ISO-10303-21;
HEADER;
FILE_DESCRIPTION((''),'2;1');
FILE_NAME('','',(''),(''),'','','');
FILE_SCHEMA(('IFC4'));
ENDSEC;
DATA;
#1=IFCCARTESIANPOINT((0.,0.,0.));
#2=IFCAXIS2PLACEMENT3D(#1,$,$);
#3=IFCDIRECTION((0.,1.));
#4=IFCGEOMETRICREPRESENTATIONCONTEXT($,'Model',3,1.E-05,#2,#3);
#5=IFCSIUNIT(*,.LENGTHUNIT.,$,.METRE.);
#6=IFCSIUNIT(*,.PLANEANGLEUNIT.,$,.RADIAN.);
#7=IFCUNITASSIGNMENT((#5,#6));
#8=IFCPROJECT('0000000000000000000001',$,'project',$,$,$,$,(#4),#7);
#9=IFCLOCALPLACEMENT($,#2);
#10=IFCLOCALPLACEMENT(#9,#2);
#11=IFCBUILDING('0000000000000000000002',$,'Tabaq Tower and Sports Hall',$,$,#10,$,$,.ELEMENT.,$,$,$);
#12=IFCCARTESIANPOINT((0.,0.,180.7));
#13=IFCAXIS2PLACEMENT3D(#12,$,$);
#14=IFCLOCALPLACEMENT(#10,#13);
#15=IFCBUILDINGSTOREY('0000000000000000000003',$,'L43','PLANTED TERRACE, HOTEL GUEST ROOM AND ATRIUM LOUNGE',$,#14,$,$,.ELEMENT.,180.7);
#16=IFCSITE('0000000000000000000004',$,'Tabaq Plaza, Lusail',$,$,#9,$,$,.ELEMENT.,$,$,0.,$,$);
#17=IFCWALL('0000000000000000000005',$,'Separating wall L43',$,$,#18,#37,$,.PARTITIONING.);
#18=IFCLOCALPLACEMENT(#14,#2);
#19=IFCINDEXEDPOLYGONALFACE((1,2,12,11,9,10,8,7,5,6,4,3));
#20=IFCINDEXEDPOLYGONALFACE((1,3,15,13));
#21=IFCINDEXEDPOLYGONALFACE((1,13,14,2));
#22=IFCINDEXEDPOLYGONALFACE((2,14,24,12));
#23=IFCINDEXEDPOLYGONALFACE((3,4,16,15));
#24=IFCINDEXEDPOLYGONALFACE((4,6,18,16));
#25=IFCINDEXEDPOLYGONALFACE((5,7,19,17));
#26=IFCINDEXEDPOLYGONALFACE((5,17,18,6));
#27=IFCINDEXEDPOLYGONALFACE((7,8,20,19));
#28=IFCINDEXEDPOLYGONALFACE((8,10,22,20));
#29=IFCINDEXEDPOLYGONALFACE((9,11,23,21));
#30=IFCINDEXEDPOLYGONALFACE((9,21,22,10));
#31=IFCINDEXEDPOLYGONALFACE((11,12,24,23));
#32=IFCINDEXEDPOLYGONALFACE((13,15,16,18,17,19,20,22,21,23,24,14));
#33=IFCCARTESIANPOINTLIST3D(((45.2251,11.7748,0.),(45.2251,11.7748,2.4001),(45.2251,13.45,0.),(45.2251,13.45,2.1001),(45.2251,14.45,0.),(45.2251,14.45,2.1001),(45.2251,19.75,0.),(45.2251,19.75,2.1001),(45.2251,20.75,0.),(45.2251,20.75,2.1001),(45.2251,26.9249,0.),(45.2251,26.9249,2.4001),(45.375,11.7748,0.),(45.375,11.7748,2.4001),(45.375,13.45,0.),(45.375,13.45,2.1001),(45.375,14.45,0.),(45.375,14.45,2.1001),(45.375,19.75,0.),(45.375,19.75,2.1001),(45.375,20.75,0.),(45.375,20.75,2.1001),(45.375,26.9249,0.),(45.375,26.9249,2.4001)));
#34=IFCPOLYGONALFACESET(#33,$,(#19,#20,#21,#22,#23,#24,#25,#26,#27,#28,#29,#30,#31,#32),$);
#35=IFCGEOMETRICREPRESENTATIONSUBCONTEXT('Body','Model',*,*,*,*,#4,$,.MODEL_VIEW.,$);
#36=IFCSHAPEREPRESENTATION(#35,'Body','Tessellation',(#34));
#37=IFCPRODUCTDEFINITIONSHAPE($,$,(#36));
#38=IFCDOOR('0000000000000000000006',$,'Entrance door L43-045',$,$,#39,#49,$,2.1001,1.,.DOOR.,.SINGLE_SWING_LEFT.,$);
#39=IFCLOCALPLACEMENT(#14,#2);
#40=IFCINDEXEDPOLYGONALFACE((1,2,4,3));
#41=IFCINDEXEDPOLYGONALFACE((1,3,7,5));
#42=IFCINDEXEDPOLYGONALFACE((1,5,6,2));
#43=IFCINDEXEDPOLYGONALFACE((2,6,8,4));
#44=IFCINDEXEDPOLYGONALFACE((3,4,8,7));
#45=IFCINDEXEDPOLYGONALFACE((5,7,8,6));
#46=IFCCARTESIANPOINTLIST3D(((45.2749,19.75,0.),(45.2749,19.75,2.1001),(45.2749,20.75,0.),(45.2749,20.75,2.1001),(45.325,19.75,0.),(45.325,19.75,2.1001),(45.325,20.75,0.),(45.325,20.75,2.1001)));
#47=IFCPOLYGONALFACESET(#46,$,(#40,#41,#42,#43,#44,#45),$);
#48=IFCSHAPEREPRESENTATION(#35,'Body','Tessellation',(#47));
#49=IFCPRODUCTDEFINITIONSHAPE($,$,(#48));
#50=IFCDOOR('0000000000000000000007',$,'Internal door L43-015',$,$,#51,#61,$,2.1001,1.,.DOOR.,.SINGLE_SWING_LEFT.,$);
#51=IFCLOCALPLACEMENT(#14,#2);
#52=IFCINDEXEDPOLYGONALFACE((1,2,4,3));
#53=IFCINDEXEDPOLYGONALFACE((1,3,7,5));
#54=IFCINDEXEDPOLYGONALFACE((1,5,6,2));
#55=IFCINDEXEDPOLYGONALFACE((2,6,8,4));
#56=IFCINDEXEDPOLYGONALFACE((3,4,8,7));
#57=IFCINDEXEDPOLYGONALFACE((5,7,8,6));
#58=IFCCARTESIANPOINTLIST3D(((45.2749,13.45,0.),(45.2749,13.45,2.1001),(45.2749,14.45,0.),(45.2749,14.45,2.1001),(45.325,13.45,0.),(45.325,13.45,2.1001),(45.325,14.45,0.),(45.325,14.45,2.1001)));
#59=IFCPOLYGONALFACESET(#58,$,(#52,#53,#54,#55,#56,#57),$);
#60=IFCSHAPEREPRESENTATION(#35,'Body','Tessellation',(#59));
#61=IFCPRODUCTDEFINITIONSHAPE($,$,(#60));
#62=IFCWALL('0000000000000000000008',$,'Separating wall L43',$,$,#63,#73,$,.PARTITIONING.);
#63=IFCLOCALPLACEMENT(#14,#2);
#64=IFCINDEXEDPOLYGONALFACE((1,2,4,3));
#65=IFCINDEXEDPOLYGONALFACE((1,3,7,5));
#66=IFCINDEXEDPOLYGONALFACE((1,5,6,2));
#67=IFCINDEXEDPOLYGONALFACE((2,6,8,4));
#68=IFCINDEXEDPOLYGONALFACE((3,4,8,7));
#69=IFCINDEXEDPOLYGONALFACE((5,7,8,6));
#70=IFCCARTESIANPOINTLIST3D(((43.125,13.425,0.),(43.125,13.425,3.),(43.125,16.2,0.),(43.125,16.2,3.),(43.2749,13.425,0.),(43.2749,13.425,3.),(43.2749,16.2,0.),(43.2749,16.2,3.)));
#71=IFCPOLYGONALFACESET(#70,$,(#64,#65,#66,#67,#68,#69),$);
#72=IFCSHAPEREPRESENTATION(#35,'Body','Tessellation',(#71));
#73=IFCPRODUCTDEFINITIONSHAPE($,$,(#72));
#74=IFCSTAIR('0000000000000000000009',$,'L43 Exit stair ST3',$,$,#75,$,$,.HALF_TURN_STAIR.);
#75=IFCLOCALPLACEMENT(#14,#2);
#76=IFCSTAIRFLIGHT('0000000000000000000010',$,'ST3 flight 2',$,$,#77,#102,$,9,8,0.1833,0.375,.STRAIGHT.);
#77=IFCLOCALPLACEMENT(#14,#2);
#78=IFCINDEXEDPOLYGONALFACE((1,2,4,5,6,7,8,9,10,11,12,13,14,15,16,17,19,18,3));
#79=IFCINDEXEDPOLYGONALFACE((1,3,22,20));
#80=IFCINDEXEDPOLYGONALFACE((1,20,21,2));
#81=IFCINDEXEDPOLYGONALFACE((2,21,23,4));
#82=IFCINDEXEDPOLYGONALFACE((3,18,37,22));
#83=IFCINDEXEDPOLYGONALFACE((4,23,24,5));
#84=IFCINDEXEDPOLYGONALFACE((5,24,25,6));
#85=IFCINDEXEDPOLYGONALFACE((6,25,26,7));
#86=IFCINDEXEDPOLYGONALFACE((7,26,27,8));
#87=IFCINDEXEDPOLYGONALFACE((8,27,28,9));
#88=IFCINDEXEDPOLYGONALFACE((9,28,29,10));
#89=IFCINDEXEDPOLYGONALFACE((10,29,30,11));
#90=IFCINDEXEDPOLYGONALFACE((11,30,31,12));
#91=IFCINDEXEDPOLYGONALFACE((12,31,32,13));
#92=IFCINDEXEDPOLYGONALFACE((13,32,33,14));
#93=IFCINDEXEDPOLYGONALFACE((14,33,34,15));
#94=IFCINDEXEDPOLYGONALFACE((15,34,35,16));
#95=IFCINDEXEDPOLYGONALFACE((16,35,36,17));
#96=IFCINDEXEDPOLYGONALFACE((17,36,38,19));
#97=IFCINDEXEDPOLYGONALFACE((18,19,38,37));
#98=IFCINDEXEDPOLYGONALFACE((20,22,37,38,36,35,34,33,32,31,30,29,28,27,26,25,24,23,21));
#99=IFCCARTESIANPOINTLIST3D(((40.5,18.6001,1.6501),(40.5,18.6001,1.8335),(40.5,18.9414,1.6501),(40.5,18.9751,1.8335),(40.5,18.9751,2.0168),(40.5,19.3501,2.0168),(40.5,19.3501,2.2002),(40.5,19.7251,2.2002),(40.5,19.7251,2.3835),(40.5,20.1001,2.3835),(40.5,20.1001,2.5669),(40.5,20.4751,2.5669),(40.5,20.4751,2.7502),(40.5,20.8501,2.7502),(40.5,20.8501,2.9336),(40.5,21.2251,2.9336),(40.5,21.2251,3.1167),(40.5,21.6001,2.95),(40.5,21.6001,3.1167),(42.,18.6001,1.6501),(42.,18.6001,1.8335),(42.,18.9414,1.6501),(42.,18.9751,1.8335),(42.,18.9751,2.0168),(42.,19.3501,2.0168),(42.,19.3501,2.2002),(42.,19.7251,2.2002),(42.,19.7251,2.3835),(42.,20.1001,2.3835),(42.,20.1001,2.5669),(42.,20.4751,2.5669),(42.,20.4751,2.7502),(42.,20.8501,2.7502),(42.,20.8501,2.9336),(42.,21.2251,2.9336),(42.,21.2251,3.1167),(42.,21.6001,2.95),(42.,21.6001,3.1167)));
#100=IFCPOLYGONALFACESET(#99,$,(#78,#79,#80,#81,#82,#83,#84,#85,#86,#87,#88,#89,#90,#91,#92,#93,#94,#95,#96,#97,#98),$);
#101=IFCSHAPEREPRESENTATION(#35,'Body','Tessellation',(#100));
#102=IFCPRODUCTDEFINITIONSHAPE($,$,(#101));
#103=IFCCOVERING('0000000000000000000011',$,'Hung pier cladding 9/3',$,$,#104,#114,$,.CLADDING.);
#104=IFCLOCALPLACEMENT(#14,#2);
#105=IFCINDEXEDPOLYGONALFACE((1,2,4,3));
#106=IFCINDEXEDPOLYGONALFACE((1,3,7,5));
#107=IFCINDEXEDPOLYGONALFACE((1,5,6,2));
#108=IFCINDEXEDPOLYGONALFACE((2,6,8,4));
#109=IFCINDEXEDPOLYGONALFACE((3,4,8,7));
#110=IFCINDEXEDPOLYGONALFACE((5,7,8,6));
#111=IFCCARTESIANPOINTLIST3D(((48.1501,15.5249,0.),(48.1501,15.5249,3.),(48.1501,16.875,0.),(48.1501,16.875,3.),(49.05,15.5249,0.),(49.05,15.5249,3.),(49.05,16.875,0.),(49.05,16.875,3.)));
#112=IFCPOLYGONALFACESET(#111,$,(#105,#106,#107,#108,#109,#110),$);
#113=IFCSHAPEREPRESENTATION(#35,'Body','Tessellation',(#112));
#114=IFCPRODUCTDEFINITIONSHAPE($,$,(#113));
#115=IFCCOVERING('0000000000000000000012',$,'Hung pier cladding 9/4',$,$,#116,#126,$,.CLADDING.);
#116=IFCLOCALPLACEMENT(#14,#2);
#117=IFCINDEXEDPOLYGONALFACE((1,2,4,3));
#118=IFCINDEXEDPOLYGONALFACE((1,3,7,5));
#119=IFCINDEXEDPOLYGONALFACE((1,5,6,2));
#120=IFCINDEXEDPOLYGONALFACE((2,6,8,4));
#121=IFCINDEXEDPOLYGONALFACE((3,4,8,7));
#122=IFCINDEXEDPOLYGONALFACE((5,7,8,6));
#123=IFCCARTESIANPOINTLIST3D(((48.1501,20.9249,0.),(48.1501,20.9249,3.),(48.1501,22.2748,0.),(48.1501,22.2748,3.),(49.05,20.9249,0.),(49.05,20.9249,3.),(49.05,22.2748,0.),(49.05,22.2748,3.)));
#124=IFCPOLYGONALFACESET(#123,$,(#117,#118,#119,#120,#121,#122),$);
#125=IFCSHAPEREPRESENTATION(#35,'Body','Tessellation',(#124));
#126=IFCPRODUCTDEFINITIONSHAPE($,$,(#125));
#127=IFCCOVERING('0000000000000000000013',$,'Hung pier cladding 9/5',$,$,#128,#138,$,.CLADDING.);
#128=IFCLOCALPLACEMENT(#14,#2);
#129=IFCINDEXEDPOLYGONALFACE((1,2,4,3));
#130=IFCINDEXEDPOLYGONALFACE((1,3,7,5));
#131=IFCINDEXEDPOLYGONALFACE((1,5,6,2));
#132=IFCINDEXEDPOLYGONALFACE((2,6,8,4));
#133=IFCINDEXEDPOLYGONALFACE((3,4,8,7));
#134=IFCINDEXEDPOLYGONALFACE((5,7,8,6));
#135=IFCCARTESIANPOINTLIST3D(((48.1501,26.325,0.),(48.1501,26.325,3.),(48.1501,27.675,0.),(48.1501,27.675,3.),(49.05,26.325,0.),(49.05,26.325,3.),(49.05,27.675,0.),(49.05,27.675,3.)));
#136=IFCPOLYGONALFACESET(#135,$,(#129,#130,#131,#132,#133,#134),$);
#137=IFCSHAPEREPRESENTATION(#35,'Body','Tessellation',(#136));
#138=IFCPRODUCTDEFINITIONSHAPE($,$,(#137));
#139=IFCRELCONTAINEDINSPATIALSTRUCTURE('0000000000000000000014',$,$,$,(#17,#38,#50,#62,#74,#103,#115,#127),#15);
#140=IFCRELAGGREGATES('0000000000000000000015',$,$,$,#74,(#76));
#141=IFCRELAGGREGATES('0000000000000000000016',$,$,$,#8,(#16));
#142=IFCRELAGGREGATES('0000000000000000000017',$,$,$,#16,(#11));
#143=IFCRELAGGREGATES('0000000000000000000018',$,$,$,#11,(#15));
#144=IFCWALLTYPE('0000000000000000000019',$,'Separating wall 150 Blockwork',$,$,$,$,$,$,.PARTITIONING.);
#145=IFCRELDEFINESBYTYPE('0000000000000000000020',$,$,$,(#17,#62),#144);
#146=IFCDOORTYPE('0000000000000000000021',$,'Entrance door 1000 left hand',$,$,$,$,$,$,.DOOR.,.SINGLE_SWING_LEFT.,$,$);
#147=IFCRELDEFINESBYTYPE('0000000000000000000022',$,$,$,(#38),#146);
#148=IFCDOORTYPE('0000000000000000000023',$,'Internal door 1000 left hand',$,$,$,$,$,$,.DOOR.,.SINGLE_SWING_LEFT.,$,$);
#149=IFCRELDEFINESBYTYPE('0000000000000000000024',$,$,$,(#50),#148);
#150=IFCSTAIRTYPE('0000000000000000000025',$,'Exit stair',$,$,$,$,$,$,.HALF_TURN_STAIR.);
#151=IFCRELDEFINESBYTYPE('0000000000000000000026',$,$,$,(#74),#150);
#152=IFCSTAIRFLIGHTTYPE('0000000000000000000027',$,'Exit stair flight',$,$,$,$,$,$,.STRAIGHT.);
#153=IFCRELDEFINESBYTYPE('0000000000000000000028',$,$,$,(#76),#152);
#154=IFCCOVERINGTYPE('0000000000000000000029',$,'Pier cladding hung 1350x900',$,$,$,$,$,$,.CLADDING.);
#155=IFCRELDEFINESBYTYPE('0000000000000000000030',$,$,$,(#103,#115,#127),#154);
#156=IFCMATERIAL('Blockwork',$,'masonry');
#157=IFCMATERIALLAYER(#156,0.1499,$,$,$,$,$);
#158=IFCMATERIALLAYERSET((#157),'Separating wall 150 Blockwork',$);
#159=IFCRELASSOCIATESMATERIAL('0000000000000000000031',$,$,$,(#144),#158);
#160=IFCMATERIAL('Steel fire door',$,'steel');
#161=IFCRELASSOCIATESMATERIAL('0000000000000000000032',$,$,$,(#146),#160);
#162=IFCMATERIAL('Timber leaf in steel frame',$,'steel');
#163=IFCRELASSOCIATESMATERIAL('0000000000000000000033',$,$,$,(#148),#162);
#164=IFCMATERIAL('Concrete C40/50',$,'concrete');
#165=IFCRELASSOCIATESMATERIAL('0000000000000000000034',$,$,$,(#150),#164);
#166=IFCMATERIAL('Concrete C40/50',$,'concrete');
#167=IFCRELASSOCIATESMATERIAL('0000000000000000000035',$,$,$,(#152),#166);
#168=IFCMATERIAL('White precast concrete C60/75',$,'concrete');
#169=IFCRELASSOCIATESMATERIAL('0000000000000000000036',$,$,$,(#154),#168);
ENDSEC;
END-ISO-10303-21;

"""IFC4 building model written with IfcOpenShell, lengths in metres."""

from ifc_helpers import new_model, si_unit, direction, frame, frame_2d, origin, place, context, subcontext, project, spatial, polyline, rectangle, outline, extrude, material, layer, layer_set, type_object, element, fill, aggregate, save


model = new_model("IFC4")

# Units and contexts
model_context = context("Model", 3, precision=1e-05, world=origin(), true_north=direction((0.0, 1.0)))
body_context = subcontext(model_context, "Body", "Model", "MODEL_VIEW")
ifc_project = project(units=[si_unit("LENGTHUNIT", "METRE"), si_unit("PLANEANGLEUNIT", "RADIAN")], contexts=[model_context])

# Site, building, storey
site_placement = place(None, origin())
site = spatial("IfcSite", under=ifc_project, at=site_placement, Name="Tabaq Plaza, Lusail", CompositionType="ELEMENT", RefElevation=0.0)
building_placement = place(site_placement, origin())
building = spatial("IfcBuilding", under=site, at=building_placement, Name="Tabaq Tower and Sports Hall", CompositionType="ELEMENT")
storey_placement = place(building_placement, frame((0.0, 0.0, 180.7)))
storey = spatial("IfcBuildingStorey", under=building, at=storey_placement, Name="L43", Description="PLANTED TERRACE, HOTEL GUEST ROOM AND ATRIUM LOUNGE", CompositionType="ELEMENT", Elevation=180.7)

# Shared definitions
ifc_material_1 = material(Name="Blockwork", Category="masonry")
ifc_layer_1 = layer(ifc_material_1, 0.1499)
ifc_layer_set_1 = layer_set([ifc_layer_1], Name="Separating wall 150 Blockwork")
wall_type_1 = type_object("IfcWallType", Name="Separating wall 150 Blockwork", PredefinedType="PARTITIONING", material=ifc_layer_set_1)

# Wall, openings, doors
wall_1_placement = place(storey_placement, frame((45.3, 26.925, 0.0), z_axis=(0.0, 0.0, 1.0), x_axis=(0.0, -1.0, 0.0)))
wall_1 = element("IfcWall", 1, at=wall_1_placement, inside=storey, type_object=wall_type_1, Name="Separating wall L43", PredefinedType="PARTITIONING", context=body_context, shape_type="SweptSolid", body=[
    extrude(rectangle(XDim=15.1501, YDim=0.1499, at=frame_2d((7.5752, 0.0))), origin(), (0.0, 0.0, 1.0), 2.4001),
])
opening_1_placement = place(wall_1_placement, frame((12.4751, 0.0, 0.0)))
opening_1 = element("IfcOpeningElement", 2, at=opening_1_placement, cuts=wall_1, PredefinedType="OPENING", context=body_context, shape_type="SweptSolid", body=[
    extrude(rectangle(XDim=1.0, YDim=2.1001, at=frame_2d((0.5, 1.05))), frame((0.0, 0.075, 0.0), z_axis=(0.0, -1.0, 0.0), x_axis=(1.0, 0.0, 0.0)), (0.0, 0.0, 1.0), 0.1499),
])
opening_2_placement = place(wall_1_placement, frame((6.175, 0.0, 0.0)))
opening_2 = element("IfcOpeningElement", 3, at=opening_2_placement, cuts=wall_1, PredefinedType="OPENING", context=body_context, shape_type="SweptSolid", body=[
    extrude(rectangle(XDim=1.0, YDim=2.1001, at=frame_2d((0.5, 1.05))), frame((0.0, 0.075, 0.0), z_axis=(0.0, -1.0, 0.0), x_axis=(1.0, 0.0, 0.0)), (0.0, 0.0, 1.0), 0.1499),
])
ifc_material_2 = material(Name="Steel fire door", Category="steel")
door_type_1 = type_object("IfcDoorType", Name="Entrance door 1000 left hand", OperationType="SINGLE_SWING_LEFT", PredefinedType="DOOR", material=ifc_material_2)
door_1_placement = place(opening_2_placement, origin())
door_1 = element("IfcDoor", 4, at=door_1_placement, inside=storey, type_object=door_type_1, Name="Entrance door L43-045", OperationType="SINGLE_SWING_LEFT", OverallHeight=2.1001, OverallWidth=1.0, PredefinedType="DOOR", context=body_context, shape_type="SweptSolid", body=[
    extrude(rectangle(XDim=1.0, YDim=2.1001, at=frame_2d((0.5, 1.05))), frame((0.0, 0.0249, 0.0), z_axis=(0.0, -1.0, 0.0), x_axis=(1.0, 0.0, 0.0)), (0.0, 0.0, 1.0), 0.05),
])
fill(opening_2, door_1)
ifc_material_3 = material(Name="Timber leaf in steel frame", Category="steel")
door_type_2 = type_object("IfcDoorType", Name="Internal door 1000 left hand", OperationType="SINGLE_SWING_LEFT", PredefinedType="DOOR", material=ifc_material_3)
door_2_placement = place(opening_1_placement, origin())
door_2 = element("IfcDoor", 5, at=door_2_placement, inside=storey, type_object=door_type_2, Name="Internal door L43-015", OperationType="SINGLE_SWING_LEFT", OverallHeight=2.1001, OverallWidth=1.0, PredefinedType="DOOR", context=body_context, shape_type="SweptSolid", body=[
    extrude(rectangle(XDim=1.0, YDim=2.1001, at=frame_2d((0.5, 1.05))), frame((0.0, 0.0249, 0.0), z_axis=(0.0, -1.0, 0.0), x_axis=(1.0, 0.0, 0.0)), (0.0, 0.0, 1.0), 0.05),
])
fill(opening_1, door_2)

# Wall
wall_2_placement = place(storey_placement, frame((43.2, 16.2, 0.0), z_axis=(0.0, 0.0, 1.0), x_axis=(0.0, -1.0, 0.0)))
element("IfcWall", 6, at=wall_2_placement, inside=storey, type_object=wall_type_1, Name="Separating wall L43", PredefinedType="PARTITIONING", context=body_context, shape_type="SweptSolid", body=[
    extrude(rectangle(XDim=2.7749, YDim=0.1499, at=frame_2d((1.3875, 0.0))), origin(), (0.0, 0.0, 1.0), 3.0),
])

# Stair, stair flight
ifc_material_4 = material(Name="Concrete C40/50", Category="concrete")
stair_type = type_object("IfcStairType", Name="Exit stair", PredefinedType="HALF_TURN_STAIR", material=ifc_material_4)
stair_placement = place(storey_placement, origin())
stair = element("IfcStair", 7, at=stair_placement, inside=storey, type_object=stair_type, Name="L43 Exit stair ST3", PredefinedType="HALF_TURN_STAIR")
ifc_material_5 = material(Name="Concrete C40/50", Category="concrete")
stair_flight_type = type_object("IfcStairFlightType", Name="Exit stair flight", PredefinedType="STRAIGHT", material=ifc_material_5)
stair_flight_placement = place(storey_placement, frame((41.25, 18.6001, 1.6501), z_axis=(0.0, 0.0, 1.0), x_axis=(0.0, 1.0, 0.0)))
stair_flight = element("IfcStairFlight", 8, at=stair_flight_placement, type_object=stair_flight_type, Name="ST3 flight 2", NumberOfRisers=9, NumberOfTreads=8, PredefinedType="STRAIGHT", RiserHeight=0.1833, TreadLength=0.375, context=body_context, shape_type="SweptSolid", body=[
    extrude(outline(polyline([(0.0, 0.0), (0.0, 0.1833), (0.375, 0.1833), (0.375, 0.3667), (0.75, 0.3667), (0.75, 0.55), (1.125, 0.55), (1.125, 0.7334), (1.5, 0.7334), (1.5, 0.9167), (1.875, 0.9167), (1.875, 1.1001), (2.25, 1.1001), (2.25, 1.2834), (2.625, 1.2834), (2.625, 1.4666), (3.0, 1.4666), (3.0, 1.6499), (3.0, 1.2998), (0.3413, 0.0), (0.0, 0.0)])), frame((0.0, 0.75, 0.0), z_axis=(0.0, -1.0, 0.0), x_axis=(1.0, 0.0, 0.0)), (0.0, 0.0, 1.0), 1.5),
])
aggregate(stair, [stair_flight])

# Coverings
ifc_material_6 = material(Name="White precast concrete C60/75", Category="concrete")
covering_type_1 = type_object("IfcCoveringType", Name="Pier cladding hung 1350x900", PredefinedType="CLADDING", material=ifc_material_6)
covering_1_placement = place(storey_placement, frame((48.6001, 15.5249, 0.0), z_axis=(0.0, 0.0, 1.0), x_axis=(0.0, 1.0, 0.0)))
element("IfcCovering", 9, at=covering_1_placement, inside=storey, type_object=covering_type_1, Name="Hung pier cladding 9/3", PredefinedType="CLADDING", context=body_context, shape_type="SweptSolid", body=[
    extrude(rectangle(XDim=1.3501, YDim=0.8999, at=frame_2d((0.675, 0.0))), origin(), (0.0, 0.0, 1.0), 3.0),
])
covering_2_placement = place(storey_placement, frame((48.6001, 20.925, 0.0), z_axis=(0.0, 0.0, 1.0), x_axis=(0.0, 1.0, 0.0)))
element("IfcCovering", 10, at=covering_2_placement, inside=storey, type_object=covering_type_1, Name="Hung pier cladding 9/4", PredefinedType="CLADDING", context=body_context, shape_type="SweptSolid", body=[
    extrude(rectangle(XDim=1.3499, YDim=0.8999, at=frame_2d((0.6748, 0.0))), origin(), (0.0, 0.0, 1.0), 3.0),
])
covering_3_placement = place(storey_placement, frame((48.6001, 26.325, 0.0), z_axis=(0.0, 0.0, 1.0), x_axis=(0.0, 1.0, 0.0)))
element("IfcCovering", 11, at=covering_3_placement, inside=storey, type_object=covering_type_1, Name="Hung pier cladding 9/5", PredefinedType="CLADDING", context=body_context, shape_type="SweptSolid", body=[
    extrude(rectangle(XDim=1.3501, YDim=0.8999, at=frame_2d((0.675, 0.0))), origin(), (0.0, 0.0, 1.0), 3.0),
])

save(model, "model.ifc")
